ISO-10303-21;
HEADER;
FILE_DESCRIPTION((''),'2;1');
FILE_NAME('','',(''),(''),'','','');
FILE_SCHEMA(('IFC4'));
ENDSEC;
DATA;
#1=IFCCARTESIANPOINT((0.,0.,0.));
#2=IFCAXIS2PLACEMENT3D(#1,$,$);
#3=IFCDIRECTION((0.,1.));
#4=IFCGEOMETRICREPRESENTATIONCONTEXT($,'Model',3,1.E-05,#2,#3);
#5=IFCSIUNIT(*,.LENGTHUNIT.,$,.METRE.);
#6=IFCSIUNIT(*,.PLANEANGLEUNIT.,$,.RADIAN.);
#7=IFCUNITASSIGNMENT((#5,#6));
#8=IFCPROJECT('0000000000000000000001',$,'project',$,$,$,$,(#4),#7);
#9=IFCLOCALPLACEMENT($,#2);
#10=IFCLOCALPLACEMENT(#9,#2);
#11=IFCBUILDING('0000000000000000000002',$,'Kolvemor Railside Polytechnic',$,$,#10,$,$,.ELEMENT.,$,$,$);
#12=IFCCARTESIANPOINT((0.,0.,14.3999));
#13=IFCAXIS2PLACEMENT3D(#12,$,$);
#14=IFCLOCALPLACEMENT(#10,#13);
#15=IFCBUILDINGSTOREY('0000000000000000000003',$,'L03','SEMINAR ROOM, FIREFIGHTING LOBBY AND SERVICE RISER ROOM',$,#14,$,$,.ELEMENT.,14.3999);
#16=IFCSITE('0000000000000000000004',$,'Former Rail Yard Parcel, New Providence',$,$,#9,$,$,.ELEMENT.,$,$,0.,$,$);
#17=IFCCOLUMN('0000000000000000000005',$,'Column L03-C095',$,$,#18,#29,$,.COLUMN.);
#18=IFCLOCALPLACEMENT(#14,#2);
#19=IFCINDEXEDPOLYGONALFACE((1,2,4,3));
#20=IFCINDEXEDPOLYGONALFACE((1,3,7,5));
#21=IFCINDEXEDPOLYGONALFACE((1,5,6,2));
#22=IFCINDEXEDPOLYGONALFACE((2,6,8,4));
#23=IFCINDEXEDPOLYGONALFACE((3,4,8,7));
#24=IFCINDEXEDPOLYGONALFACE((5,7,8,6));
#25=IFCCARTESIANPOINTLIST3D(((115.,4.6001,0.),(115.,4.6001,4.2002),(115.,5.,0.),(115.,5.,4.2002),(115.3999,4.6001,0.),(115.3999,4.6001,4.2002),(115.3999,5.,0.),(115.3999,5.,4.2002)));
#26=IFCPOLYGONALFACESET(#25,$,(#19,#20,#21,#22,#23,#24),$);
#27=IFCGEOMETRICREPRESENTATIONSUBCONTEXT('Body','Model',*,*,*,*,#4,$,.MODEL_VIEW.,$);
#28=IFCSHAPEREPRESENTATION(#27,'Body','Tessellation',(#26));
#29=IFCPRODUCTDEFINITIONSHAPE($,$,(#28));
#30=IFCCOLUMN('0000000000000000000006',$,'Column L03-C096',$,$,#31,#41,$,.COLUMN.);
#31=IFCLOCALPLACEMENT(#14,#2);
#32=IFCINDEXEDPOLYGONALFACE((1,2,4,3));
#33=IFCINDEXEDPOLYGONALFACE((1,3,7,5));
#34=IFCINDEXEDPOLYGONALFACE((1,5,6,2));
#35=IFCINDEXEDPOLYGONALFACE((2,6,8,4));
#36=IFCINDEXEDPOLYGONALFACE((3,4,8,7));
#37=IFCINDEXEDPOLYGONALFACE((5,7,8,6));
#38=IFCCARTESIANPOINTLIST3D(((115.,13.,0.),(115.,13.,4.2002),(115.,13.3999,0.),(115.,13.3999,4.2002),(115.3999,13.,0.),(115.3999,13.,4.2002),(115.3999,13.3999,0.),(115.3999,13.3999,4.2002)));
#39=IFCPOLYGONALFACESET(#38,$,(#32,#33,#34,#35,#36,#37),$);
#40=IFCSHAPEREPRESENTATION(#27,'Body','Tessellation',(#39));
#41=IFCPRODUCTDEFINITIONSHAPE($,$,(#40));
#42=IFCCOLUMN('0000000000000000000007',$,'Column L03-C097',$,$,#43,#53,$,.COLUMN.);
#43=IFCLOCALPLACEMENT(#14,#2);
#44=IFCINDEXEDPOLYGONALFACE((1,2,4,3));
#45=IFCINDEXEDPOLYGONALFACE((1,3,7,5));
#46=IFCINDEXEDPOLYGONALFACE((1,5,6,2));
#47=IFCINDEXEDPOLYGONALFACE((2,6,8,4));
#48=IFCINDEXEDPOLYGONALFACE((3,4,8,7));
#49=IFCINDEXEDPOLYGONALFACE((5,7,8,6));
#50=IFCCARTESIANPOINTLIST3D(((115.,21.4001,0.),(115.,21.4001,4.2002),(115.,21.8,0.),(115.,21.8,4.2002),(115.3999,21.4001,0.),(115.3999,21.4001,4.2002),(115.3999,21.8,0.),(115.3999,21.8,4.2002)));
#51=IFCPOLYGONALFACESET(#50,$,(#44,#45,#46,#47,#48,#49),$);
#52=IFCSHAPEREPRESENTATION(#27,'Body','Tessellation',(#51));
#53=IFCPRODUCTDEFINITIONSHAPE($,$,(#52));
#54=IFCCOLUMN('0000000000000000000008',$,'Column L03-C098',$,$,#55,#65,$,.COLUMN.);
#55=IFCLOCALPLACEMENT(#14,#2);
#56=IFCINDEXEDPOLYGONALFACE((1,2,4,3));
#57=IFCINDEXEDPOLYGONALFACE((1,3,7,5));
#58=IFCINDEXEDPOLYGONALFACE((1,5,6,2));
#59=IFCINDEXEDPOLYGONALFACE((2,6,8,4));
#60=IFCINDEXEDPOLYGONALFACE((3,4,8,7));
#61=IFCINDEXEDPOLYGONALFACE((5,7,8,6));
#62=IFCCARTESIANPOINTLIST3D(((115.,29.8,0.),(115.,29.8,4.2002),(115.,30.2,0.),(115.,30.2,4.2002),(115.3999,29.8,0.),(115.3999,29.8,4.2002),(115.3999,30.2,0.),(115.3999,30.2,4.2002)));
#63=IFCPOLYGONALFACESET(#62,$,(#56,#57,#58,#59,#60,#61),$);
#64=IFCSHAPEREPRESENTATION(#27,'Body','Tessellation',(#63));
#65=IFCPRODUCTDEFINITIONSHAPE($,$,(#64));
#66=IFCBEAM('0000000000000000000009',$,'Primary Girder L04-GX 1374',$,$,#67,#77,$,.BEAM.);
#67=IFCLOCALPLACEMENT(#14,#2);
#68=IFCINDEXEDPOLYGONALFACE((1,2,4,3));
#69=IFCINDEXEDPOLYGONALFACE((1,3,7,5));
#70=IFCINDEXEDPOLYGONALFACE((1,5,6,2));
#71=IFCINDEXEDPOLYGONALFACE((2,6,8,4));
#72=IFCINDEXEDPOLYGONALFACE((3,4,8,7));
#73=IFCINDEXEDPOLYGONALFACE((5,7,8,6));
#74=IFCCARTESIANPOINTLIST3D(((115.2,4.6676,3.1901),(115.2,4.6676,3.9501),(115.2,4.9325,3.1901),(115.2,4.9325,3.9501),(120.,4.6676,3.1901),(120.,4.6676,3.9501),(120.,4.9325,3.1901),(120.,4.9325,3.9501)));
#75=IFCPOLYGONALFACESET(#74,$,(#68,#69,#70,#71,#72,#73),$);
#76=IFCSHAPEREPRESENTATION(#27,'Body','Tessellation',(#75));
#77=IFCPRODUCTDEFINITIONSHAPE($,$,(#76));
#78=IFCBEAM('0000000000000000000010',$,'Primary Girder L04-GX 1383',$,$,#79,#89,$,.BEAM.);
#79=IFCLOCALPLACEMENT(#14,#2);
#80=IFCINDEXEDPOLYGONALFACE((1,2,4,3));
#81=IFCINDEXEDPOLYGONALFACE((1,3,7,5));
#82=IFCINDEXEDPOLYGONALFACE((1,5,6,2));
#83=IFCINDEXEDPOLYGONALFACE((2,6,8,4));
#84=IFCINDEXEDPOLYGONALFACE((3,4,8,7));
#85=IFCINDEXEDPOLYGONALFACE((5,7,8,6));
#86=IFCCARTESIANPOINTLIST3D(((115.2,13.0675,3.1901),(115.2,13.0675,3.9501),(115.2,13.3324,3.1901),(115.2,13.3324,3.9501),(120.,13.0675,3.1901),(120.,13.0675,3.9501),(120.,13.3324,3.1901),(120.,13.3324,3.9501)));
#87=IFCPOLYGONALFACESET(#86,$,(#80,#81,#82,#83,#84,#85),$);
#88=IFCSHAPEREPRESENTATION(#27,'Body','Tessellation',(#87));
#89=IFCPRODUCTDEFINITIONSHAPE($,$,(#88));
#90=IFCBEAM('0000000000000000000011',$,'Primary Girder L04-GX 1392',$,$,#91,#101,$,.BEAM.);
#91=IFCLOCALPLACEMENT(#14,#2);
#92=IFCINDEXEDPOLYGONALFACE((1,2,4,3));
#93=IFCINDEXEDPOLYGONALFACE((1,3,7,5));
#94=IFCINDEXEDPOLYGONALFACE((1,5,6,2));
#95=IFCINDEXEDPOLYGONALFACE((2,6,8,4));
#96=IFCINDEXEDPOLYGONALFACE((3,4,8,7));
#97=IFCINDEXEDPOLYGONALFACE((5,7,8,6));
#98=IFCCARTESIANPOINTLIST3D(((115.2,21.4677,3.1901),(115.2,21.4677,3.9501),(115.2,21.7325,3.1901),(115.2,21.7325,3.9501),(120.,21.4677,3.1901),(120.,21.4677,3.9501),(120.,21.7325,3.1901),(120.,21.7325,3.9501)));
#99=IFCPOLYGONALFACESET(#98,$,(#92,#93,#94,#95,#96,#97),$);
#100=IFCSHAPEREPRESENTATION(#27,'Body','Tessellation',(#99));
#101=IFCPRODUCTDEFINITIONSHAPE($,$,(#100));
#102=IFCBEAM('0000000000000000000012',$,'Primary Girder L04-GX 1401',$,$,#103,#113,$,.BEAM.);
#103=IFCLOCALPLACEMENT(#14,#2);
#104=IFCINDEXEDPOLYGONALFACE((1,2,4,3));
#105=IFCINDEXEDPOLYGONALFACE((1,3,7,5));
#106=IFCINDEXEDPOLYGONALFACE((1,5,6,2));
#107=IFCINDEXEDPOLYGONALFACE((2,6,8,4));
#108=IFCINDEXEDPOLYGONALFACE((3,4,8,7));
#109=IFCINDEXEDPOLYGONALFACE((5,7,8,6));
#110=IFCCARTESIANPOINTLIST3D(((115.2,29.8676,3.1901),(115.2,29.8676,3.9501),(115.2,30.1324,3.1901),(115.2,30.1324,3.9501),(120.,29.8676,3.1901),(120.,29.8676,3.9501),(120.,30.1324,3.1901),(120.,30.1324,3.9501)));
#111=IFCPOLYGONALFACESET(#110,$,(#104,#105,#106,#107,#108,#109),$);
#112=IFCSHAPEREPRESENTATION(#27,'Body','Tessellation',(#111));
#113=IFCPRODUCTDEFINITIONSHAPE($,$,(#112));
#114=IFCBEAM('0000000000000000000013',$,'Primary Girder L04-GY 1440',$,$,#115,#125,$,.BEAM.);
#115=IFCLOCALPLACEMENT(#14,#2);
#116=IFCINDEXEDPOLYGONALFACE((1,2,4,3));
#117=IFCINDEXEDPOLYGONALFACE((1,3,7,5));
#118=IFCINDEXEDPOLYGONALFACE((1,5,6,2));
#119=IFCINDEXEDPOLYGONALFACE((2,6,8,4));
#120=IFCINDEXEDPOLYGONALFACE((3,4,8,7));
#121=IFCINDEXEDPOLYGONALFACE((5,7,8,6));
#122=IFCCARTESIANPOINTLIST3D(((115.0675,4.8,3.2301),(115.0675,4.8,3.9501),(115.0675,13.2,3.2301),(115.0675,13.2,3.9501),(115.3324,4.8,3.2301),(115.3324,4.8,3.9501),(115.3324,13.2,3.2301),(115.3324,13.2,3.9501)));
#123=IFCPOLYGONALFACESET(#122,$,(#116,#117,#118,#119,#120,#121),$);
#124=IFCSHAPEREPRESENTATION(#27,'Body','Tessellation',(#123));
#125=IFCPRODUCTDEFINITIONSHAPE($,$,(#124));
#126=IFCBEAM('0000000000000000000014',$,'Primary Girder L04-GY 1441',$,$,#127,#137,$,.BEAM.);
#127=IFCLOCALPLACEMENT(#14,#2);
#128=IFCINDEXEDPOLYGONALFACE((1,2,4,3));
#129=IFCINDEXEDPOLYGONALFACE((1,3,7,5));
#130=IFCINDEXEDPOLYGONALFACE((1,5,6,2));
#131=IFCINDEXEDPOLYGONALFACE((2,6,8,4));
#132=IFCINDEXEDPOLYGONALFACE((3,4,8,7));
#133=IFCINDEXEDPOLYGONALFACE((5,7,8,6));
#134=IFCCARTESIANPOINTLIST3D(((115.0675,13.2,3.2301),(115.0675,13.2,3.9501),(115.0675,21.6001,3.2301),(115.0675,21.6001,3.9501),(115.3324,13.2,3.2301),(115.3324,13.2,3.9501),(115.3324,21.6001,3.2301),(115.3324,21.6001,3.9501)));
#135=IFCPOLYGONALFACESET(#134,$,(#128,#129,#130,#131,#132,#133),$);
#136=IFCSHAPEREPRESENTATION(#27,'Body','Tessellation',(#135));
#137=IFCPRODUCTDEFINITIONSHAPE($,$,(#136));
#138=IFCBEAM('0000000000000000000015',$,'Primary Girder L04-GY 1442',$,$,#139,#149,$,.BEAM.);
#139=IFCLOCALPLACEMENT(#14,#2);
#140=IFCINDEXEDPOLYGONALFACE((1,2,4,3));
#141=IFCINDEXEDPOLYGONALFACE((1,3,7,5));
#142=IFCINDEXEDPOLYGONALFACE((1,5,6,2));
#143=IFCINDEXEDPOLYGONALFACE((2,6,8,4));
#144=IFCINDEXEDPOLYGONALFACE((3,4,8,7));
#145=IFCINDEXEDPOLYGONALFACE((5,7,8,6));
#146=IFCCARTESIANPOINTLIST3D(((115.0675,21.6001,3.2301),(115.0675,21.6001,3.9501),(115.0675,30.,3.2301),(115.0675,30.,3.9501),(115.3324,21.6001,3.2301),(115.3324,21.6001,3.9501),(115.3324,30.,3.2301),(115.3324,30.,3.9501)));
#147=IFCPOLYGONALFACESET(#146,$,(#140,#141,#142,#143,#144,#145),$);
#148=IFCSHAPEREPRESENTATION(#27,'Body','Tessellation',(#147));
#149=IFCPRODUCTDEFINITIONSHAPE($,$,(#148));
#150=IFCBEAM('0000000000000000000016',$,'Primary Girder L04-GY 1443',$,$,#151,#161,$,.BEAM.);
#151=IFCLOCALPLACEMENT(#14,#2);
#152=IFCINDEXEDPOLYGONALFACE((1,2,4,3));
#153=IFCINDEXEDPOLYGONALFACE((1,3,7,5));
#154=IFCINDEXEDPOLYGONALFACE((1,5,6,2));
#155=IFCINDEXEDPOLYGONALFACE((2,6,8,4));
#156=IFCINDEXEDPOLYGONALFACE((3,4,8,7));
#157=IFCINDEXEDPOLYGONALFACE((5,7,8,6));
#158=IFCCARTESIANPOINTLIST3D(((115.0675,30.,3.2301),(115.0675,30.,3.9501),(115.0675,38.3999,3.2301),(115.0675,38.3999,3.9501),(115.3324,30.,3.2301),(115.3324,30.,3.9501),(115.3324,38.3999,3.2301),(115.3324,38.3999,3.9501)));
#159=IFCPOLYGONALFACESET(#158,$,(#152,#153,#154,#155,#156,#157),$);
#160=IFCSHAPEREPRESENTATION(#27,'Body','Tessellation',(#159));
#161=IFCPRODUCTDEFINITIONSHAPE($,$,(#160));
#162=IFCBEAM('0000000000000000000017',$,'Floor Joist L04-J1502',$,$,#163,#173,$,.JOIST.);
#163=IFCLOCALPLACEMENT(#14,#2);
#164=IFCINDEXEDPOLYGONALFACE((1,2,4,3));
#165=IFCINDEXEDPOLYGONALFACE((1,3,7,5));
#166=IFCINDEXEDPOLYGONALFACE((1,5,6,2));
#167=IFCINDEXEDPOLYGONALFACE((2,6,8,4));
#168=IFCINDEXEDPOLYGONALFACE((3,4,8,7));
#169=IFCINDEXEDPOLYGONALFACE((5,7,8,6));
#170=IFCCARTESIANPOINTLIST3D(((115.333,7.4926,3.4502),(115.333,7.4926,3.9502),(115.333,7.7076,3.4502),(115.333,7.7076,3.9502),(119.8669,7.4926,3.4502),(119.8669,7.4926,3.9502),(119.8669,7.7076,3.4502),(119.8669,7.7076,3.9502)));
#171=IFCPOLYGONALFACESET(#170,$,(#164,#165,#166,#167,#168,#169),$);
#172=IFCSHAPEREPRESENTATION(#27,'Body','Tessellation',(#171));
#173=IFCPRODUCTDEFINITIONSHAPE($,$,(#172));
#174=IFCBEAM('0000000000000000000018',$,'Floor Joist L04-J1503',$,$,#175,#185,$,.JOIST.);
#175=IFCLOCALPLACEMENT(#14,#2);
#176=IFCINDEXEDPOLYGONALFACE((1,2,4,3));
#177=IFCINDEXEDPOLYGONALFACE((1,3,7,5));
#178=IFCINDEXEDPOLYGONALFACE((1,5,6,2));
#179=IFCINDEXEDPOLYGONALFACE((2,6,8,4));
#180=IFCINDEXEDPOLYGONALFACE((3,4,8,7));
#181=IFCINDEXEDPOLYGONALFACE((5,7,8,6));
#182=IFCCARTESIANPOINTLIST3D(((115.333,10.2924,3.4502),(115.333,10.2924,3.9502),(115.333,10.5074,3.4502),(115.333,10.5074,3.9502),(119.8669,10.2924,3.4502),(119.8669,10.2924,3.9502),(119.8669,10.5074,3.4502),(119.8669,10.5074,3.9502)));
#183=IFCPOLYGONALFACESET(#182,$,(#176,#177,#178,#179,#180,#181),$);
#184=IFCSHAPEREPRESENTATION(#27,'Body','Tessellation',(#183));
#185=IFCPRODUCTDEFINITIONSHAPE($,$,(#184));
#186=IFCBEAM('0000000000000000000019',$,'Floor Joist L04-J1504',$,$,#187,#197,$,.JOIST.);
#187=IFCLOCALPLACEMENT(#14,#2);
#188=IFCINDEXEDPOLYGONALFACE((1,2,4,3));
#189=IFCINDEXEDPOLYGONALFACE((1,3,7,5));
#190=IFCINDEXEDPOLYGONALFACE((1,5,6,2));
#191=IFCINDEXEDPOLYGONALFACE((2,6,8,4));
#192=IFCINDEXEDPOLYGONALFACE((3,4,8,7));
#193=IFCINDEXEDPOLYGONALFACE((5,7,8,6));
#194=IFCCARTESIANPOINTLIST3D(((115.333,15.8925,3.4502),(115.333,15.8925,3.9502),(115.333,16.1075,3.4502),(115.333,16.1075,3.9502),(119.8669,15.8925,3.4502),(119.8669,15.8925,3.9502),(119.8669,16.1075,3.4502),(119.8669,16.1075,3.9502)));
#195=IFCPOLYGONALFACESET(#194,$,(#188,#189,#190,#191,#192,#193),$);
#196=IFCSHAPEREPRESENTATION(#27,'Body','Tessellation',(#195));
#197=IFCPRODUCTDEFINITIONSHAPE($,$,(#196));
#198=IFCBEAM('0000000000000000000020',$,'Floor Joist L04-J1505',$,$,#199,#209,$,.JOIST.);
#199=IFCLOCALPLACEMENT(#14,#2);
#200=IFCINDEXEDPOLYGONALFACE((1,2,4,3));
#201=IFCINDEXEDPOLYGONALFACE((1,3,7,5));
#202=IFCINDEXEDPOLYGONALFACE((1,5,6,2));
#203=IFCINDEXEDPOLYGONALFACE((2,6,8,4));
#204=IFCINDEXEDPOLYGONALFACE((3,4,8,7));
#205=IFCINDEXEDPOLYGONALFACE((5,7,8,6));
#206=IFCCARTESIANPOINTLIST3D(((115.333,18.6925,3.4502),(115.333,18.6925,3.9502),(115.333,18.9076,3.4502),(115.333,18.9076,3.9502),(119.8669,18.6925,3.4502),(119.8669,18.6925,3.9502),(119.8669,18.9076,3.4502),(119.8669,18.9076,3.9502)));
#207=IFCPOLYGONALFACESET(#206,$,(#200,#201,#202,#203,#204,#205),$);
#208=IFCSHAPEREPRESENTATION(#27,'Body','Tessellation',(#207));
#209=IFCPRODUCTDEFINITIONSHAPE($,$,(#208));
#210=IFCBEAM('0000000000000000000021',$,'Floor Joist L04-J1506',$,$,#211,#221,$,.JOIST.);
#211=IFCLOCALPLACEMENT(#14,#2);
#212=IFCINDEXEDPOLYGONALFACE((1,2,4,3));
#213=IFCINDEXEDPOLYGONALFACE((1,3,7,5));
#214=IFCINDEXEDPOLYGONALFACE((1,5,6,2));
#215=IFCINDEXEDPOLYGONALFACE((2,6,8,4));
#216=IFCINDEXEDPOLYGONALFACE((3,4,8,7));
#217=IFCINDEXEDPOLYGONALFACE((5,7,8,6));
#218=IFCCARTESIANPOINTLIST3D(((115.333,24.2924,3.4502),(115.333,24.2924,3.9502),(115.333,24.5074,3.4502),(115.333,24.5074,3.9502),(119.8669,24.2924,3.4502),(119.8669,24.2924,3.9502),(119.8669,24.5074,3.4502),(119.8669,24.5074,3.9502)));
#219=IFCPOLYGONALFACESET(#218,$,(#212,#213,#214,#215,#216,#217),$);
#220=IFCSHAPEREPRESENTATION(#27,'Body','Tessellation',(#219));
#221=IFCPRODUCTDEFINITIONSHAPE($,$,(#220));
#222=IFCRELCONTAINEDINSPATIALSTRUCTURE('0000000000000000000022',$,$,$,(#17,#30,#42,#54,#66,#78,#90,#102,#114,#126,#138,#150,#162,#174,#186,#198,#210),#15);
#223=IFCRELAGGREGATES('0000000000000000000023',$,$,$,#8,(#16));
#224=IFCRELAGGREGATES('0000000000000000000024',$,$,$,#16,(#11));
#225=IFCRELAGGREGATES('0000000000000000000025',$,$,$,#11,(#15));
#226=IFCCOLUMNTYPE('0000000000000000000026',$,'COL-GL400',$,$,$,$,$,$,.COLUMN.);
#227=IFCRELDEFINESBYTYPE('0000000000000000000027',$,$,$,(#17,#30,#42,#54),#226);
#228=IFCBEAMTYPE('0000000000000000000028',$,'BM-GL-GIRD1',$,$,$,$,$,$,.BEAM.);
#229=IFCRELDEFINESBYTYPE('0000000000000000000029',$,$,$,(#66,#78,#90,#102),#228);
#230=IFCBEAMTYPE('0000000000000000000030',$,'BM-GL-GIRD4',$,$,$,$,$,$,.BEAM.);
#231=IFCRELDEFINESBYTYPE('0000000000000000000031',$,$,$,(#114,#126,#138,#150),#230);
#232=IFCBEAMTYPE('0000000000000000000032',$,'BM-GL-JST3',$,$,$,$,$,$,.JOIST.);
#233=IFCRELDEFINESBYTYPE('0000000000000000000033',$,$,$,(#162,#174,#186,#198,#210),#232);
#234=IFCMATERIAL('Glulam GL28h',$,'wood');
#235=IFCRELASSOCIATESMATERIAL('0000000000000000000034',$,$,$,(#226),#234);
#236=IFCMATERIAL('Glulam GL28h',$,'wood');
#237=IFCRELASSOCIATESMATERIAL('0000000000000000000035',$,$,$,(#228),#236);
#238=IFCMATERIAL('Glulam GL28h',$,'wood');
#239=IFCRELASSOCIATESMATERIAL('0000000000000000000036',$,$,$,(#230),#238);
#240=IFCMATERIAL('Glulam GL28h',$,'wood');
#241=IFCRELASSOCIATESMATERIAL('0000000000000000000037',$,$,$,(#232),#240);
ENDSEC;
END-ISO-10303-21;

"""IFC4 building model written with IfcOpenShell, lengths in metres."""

from ifc_helpers import new_model, si_unit, direction, frame, origin, origin_2d, place, context, subcontext, project, spatial, rectangle, extrude, material, material_profile, profile_set, type_object, element, save


model = new_model("IFC4")

# Units and contexts
model_context = context("Model", 3, precision=1e-05, world=origin(), true_north=direction((0.0, 1.0)))
body_context = subcontext(model_context, "Body", "Model", "MODEL_VIEW")
ifc_project = project(units=[si_unit("LENGTHUNIT", "METRE"), si_unit("PLANEANGLEUNIT", "RADIAN")], contexts=[model_context])

# Site, building, storey
site_placement = place(None, origin())
site = spatial("IfcSite", under=ifc_project, at=site_placement, Name="Former Rail Yard Parcel, New Providence", CompositionType="ELEMENT", RefElevation=0.0)
building_placement = place(site_placement, origin())
building = spatial("IfcBuilding", under=site, at=building_placement, Name="Kolvemor Railside Polytechnic", CompositionType="ELEMENT")
storey_placement = place(building_placement, frame((0.0, 0.0, 14.3999)))
storey = spatial("IfcBuildingStorey", under=building, at=storey_placement, Name="L03", Description="SEMINAR ROOM, FIREFIGHTING LOBBY AND SERVICE RISER ROOM", CompositionType="ELEMENT", Elevation=14.3999)

# Columns
ifc_material_1 = material(Name="Glulam GL28h", Category="wood")
ifc_material_profile_1 = material_profile(ifc_material_1, rectangle(XDim=0.3999, YDim=0.3999, at=origin_2d()), Name="GL400x400")
ifc_profile_set_1 = profile_set([ifc_material_profile_1], Name="Glulam GL28h")
column_type = type_object("IfcColumnType", Name="COL-GL400", PredefinedType="COLUMN", material=ifc_profile_set_1)
for number, where, z_axis, x_axis, name in (
    (1, (115.2, 4.8, 0.0), (0.0, 0.0, 1.0), (1.0, 0.0, 0.0), "Column L03-C095"),
    (2, (115.2, 13.2, 0.0), (0.0, 0.0, 1.0), (1.0, 0.0, 0.0), "Column L03-C096"),
    (3, (115.2, 21.6001, 0.0), (0.0, 0.0, 1.0), (1.0, 0.0, 0.0), "Column L03-C097"),
    (4, (115.2, 30.0, 0.0), (0.0, 0.0, 1.0), (1.0, 0.0, 0.0), "Column L03-C098"),
):
    element("IfcColumn", number, at=place(storey_placement, frame(where, z_axis=z_axis, x_axis=x_axis)), inside=storey, type_object=column_type, Name=name, PredefinedType="COLUMN", context=body_context, shape_type="SweptSolid", body=[
        extrude(rectangle(XDim=0.3999, YDim=0.3999, at=origin_2d()), origin(), (0.0, 0.0, 1.0), 4.2002),
    ])

# Beams
ifc_material_2 = material(Name="Glulam GL28h", Category="wood")
ifc_material_profile_2 = material_profile(ifc_material_2, rectangle(XDim=0.2649, YDim=0.76, at=origin_2d()), Name="GL265x760")
ifc_profile_set_2 = profile_set([ifc_material_profile_2], Name="Glulam GL28h")
beam_type_1 = type_object("IfcBeamType", Name="BM-GL-GIRD1", PredefinedType="BEAM", material=ifc_profile_set_2)
for number, where, z_axis, x_axis, name in (
    (5, (115.2, 4.8, 3.5701), (1.0, 0.0, 0.0), (0.0, 1.0, 0.0), "Primary Girder L04-GX 1374"),
    (6, (115.2, 13.2, 3.5701), (1.0, 0.0, 0.0), (0.0, 1.0, 0.0), "Primary Girder L04-GX 1383"),
    (7, (115.2, 21.6001, 3.5701), (1.0, 0.0, 0.0), (0.0, 1.0, 0.0), "Primary Girder L04-GX 1392"),
    (8, (115.2, 30.0, 3.5701), (1.0, 0.0, 0.0), (0.0, 1.0, 0.0), "Primary Girder L04-GX 1401"),
):
    element("IfcBeam", number, at=place(storey_placement, frame(where, z_axis=z_axis, x_axis=x_axis)), inside=storey, type_object=beam_type_1, Name=name, PredefinedType="BEAM", context=body_context, shape_type="SweptSolid", body=[
        extrude(rectangle(XDim=0.2649, YDim=0.76, at=origin_2d()), origin(), (0.0, 0.0, 1.0), 4.8),
    ])
ifc_material_3 = material(Name="Glulam GL28h", Category="wood")
ifc_material_profile_3 = material_profile(ifc_material_3, rectangle(XDim=0.2649, YDim=0.72, at=origin_2d()), Name="GL265x720")
ifc_profile_set_3 = profile_set([ifc_material_profile_3], Name="Glulam GL28h")
beam_type_2 = type_object("IfcBeamType", Name="BM-GL-GIRD4", PredefinedType="BEAM", material=ifc_profile_set_3)
beam_1_placement = place(storey_placement, frame((115.2, 4.8, 3.5901), z_axis=(0.0, 1.0, 0.0), x_axis=(-1.0, 0.0, 0.0)))
element("IfcBeam", 9, at=beam_1_placement, inside=storey, type_object=beam_type_2, Name="Primary Girder L04-GY 1440", PredefinedType="BEAM", context=body_context, shape_type="SweptSolid", body=[
    extrude(rectangle(XDim=0.2649, YDim=0.72, at=origin_2d()), origin(), (0.0, 0.0, 1.0), 8.3999),
])
beam_2_placement = place(storey_placement, frame((115.2, 13.2, 3.5901), z_axis=(0.0, 1.0, 0.0), x_axis=(-1.0, 0.0, 0.0)))
element("IfcBeam", 10, at=beam_2_placement, inside=storey, type_object=beam_type_2, Name="Primary Girder L04-GY 1441", PredefinedType="BEAM", context=body_context, shape_type="SweptSolid", body=[
    extrude(rectangle(XDim=0.2649, YDim=0.72, at=origin_2d()), origin(), (0.0, 0.0, 1.0), 8.4001),
])
for number, where, z_axis, x_axis, name in (
    (11, (115.2, 21.6001, 3.5901), (0.0, 1.0, 0.0), (-1.0, 0.0, 0.0), "Primary Girder L04-GY 1442"),
    (12, (115.2, 30.0, 3.5901), (0.0, 1.0, 0.0), (-1.0, 0.0, 0.0), "Primary Girder L04-GY 1443"),
):
    element("IfcBeam", number, at=place(storey_placement, frame(where, z_axis=z_axis, x_axis=x_axis)), inside=storey, type_object=beam_type_2, Name=name, PredefinedType="BEAM", context=body_context, shape_type="SweptSolid", body=[
        extrude(rectangle(XDim=0.2649, YDim=0.72, at=origin_2d()), origin(), (0.0, 0.0, 1.0), 8.3999),
    ])
ifc_material_4 = material(Name="Glulam GL28h", Category="wood")
ifc_material_profile_4 = material_profile(ifc_material_4, rectangle(XDim=0.2151, YDim=0.5, at=origin_2d()), Name="GL215x500")
ifc_profile_set_4 = profile_set([ifc_material_profile_4], Name="Glulam GL28h")
beam_type_3 = type_object("IfcBeamType", Name="BM-GL-JST3", PredefinedType="JOIST", material=ifc_profile_set_4)
for number, where, z_axis, x_axis, name in (
    (13, (115.333, 7.6001, 3.7002), (1.0, 0.0, 0.0), (0.0, 1.0, 0.0), "Floor Joist L04-J1502"),
    (14, (115.333, 10.3999, 3.7002), (1.0, 0.0, 0.0), (0.0, 1.0, 0.0), "Floor Joist L04-J1503"),
    (15, (115.333, 16.0, 3.7002), (1.0, 0.0, 0.0), (0.0, 1.0, 0.0), "Floor Joist L04-J1504"),
    (16, (115.333, 18.8, 3.7002), (1.0, 0.0, 0.0), (0.0, 1.0, 0.0), "Floor Joist L04-J1505"),
    (17, (115.333, 24.3999, 3.7002), (1.0, 0.0, 0.0), (0.0, 1.0, 0.0), "Floor Joist L04-J1506"),
):
    element("IfcBeam", number, at=place(storey_placement, frame(where, z_axis=z_axis, x_axis=x_axis)), inside=storey, type_object=beam_type_3, Name=name, PredefinedType="JOIST", context=body_context, shape_type="SweptSolid", body=[
        extrude(rectangle(XDim=0.2151, YDim=0.5, at=origin_2d()), origin(), (0.0, 0.0, 1.0), 4.5339),
    ])

save(model, "model.ifc")
